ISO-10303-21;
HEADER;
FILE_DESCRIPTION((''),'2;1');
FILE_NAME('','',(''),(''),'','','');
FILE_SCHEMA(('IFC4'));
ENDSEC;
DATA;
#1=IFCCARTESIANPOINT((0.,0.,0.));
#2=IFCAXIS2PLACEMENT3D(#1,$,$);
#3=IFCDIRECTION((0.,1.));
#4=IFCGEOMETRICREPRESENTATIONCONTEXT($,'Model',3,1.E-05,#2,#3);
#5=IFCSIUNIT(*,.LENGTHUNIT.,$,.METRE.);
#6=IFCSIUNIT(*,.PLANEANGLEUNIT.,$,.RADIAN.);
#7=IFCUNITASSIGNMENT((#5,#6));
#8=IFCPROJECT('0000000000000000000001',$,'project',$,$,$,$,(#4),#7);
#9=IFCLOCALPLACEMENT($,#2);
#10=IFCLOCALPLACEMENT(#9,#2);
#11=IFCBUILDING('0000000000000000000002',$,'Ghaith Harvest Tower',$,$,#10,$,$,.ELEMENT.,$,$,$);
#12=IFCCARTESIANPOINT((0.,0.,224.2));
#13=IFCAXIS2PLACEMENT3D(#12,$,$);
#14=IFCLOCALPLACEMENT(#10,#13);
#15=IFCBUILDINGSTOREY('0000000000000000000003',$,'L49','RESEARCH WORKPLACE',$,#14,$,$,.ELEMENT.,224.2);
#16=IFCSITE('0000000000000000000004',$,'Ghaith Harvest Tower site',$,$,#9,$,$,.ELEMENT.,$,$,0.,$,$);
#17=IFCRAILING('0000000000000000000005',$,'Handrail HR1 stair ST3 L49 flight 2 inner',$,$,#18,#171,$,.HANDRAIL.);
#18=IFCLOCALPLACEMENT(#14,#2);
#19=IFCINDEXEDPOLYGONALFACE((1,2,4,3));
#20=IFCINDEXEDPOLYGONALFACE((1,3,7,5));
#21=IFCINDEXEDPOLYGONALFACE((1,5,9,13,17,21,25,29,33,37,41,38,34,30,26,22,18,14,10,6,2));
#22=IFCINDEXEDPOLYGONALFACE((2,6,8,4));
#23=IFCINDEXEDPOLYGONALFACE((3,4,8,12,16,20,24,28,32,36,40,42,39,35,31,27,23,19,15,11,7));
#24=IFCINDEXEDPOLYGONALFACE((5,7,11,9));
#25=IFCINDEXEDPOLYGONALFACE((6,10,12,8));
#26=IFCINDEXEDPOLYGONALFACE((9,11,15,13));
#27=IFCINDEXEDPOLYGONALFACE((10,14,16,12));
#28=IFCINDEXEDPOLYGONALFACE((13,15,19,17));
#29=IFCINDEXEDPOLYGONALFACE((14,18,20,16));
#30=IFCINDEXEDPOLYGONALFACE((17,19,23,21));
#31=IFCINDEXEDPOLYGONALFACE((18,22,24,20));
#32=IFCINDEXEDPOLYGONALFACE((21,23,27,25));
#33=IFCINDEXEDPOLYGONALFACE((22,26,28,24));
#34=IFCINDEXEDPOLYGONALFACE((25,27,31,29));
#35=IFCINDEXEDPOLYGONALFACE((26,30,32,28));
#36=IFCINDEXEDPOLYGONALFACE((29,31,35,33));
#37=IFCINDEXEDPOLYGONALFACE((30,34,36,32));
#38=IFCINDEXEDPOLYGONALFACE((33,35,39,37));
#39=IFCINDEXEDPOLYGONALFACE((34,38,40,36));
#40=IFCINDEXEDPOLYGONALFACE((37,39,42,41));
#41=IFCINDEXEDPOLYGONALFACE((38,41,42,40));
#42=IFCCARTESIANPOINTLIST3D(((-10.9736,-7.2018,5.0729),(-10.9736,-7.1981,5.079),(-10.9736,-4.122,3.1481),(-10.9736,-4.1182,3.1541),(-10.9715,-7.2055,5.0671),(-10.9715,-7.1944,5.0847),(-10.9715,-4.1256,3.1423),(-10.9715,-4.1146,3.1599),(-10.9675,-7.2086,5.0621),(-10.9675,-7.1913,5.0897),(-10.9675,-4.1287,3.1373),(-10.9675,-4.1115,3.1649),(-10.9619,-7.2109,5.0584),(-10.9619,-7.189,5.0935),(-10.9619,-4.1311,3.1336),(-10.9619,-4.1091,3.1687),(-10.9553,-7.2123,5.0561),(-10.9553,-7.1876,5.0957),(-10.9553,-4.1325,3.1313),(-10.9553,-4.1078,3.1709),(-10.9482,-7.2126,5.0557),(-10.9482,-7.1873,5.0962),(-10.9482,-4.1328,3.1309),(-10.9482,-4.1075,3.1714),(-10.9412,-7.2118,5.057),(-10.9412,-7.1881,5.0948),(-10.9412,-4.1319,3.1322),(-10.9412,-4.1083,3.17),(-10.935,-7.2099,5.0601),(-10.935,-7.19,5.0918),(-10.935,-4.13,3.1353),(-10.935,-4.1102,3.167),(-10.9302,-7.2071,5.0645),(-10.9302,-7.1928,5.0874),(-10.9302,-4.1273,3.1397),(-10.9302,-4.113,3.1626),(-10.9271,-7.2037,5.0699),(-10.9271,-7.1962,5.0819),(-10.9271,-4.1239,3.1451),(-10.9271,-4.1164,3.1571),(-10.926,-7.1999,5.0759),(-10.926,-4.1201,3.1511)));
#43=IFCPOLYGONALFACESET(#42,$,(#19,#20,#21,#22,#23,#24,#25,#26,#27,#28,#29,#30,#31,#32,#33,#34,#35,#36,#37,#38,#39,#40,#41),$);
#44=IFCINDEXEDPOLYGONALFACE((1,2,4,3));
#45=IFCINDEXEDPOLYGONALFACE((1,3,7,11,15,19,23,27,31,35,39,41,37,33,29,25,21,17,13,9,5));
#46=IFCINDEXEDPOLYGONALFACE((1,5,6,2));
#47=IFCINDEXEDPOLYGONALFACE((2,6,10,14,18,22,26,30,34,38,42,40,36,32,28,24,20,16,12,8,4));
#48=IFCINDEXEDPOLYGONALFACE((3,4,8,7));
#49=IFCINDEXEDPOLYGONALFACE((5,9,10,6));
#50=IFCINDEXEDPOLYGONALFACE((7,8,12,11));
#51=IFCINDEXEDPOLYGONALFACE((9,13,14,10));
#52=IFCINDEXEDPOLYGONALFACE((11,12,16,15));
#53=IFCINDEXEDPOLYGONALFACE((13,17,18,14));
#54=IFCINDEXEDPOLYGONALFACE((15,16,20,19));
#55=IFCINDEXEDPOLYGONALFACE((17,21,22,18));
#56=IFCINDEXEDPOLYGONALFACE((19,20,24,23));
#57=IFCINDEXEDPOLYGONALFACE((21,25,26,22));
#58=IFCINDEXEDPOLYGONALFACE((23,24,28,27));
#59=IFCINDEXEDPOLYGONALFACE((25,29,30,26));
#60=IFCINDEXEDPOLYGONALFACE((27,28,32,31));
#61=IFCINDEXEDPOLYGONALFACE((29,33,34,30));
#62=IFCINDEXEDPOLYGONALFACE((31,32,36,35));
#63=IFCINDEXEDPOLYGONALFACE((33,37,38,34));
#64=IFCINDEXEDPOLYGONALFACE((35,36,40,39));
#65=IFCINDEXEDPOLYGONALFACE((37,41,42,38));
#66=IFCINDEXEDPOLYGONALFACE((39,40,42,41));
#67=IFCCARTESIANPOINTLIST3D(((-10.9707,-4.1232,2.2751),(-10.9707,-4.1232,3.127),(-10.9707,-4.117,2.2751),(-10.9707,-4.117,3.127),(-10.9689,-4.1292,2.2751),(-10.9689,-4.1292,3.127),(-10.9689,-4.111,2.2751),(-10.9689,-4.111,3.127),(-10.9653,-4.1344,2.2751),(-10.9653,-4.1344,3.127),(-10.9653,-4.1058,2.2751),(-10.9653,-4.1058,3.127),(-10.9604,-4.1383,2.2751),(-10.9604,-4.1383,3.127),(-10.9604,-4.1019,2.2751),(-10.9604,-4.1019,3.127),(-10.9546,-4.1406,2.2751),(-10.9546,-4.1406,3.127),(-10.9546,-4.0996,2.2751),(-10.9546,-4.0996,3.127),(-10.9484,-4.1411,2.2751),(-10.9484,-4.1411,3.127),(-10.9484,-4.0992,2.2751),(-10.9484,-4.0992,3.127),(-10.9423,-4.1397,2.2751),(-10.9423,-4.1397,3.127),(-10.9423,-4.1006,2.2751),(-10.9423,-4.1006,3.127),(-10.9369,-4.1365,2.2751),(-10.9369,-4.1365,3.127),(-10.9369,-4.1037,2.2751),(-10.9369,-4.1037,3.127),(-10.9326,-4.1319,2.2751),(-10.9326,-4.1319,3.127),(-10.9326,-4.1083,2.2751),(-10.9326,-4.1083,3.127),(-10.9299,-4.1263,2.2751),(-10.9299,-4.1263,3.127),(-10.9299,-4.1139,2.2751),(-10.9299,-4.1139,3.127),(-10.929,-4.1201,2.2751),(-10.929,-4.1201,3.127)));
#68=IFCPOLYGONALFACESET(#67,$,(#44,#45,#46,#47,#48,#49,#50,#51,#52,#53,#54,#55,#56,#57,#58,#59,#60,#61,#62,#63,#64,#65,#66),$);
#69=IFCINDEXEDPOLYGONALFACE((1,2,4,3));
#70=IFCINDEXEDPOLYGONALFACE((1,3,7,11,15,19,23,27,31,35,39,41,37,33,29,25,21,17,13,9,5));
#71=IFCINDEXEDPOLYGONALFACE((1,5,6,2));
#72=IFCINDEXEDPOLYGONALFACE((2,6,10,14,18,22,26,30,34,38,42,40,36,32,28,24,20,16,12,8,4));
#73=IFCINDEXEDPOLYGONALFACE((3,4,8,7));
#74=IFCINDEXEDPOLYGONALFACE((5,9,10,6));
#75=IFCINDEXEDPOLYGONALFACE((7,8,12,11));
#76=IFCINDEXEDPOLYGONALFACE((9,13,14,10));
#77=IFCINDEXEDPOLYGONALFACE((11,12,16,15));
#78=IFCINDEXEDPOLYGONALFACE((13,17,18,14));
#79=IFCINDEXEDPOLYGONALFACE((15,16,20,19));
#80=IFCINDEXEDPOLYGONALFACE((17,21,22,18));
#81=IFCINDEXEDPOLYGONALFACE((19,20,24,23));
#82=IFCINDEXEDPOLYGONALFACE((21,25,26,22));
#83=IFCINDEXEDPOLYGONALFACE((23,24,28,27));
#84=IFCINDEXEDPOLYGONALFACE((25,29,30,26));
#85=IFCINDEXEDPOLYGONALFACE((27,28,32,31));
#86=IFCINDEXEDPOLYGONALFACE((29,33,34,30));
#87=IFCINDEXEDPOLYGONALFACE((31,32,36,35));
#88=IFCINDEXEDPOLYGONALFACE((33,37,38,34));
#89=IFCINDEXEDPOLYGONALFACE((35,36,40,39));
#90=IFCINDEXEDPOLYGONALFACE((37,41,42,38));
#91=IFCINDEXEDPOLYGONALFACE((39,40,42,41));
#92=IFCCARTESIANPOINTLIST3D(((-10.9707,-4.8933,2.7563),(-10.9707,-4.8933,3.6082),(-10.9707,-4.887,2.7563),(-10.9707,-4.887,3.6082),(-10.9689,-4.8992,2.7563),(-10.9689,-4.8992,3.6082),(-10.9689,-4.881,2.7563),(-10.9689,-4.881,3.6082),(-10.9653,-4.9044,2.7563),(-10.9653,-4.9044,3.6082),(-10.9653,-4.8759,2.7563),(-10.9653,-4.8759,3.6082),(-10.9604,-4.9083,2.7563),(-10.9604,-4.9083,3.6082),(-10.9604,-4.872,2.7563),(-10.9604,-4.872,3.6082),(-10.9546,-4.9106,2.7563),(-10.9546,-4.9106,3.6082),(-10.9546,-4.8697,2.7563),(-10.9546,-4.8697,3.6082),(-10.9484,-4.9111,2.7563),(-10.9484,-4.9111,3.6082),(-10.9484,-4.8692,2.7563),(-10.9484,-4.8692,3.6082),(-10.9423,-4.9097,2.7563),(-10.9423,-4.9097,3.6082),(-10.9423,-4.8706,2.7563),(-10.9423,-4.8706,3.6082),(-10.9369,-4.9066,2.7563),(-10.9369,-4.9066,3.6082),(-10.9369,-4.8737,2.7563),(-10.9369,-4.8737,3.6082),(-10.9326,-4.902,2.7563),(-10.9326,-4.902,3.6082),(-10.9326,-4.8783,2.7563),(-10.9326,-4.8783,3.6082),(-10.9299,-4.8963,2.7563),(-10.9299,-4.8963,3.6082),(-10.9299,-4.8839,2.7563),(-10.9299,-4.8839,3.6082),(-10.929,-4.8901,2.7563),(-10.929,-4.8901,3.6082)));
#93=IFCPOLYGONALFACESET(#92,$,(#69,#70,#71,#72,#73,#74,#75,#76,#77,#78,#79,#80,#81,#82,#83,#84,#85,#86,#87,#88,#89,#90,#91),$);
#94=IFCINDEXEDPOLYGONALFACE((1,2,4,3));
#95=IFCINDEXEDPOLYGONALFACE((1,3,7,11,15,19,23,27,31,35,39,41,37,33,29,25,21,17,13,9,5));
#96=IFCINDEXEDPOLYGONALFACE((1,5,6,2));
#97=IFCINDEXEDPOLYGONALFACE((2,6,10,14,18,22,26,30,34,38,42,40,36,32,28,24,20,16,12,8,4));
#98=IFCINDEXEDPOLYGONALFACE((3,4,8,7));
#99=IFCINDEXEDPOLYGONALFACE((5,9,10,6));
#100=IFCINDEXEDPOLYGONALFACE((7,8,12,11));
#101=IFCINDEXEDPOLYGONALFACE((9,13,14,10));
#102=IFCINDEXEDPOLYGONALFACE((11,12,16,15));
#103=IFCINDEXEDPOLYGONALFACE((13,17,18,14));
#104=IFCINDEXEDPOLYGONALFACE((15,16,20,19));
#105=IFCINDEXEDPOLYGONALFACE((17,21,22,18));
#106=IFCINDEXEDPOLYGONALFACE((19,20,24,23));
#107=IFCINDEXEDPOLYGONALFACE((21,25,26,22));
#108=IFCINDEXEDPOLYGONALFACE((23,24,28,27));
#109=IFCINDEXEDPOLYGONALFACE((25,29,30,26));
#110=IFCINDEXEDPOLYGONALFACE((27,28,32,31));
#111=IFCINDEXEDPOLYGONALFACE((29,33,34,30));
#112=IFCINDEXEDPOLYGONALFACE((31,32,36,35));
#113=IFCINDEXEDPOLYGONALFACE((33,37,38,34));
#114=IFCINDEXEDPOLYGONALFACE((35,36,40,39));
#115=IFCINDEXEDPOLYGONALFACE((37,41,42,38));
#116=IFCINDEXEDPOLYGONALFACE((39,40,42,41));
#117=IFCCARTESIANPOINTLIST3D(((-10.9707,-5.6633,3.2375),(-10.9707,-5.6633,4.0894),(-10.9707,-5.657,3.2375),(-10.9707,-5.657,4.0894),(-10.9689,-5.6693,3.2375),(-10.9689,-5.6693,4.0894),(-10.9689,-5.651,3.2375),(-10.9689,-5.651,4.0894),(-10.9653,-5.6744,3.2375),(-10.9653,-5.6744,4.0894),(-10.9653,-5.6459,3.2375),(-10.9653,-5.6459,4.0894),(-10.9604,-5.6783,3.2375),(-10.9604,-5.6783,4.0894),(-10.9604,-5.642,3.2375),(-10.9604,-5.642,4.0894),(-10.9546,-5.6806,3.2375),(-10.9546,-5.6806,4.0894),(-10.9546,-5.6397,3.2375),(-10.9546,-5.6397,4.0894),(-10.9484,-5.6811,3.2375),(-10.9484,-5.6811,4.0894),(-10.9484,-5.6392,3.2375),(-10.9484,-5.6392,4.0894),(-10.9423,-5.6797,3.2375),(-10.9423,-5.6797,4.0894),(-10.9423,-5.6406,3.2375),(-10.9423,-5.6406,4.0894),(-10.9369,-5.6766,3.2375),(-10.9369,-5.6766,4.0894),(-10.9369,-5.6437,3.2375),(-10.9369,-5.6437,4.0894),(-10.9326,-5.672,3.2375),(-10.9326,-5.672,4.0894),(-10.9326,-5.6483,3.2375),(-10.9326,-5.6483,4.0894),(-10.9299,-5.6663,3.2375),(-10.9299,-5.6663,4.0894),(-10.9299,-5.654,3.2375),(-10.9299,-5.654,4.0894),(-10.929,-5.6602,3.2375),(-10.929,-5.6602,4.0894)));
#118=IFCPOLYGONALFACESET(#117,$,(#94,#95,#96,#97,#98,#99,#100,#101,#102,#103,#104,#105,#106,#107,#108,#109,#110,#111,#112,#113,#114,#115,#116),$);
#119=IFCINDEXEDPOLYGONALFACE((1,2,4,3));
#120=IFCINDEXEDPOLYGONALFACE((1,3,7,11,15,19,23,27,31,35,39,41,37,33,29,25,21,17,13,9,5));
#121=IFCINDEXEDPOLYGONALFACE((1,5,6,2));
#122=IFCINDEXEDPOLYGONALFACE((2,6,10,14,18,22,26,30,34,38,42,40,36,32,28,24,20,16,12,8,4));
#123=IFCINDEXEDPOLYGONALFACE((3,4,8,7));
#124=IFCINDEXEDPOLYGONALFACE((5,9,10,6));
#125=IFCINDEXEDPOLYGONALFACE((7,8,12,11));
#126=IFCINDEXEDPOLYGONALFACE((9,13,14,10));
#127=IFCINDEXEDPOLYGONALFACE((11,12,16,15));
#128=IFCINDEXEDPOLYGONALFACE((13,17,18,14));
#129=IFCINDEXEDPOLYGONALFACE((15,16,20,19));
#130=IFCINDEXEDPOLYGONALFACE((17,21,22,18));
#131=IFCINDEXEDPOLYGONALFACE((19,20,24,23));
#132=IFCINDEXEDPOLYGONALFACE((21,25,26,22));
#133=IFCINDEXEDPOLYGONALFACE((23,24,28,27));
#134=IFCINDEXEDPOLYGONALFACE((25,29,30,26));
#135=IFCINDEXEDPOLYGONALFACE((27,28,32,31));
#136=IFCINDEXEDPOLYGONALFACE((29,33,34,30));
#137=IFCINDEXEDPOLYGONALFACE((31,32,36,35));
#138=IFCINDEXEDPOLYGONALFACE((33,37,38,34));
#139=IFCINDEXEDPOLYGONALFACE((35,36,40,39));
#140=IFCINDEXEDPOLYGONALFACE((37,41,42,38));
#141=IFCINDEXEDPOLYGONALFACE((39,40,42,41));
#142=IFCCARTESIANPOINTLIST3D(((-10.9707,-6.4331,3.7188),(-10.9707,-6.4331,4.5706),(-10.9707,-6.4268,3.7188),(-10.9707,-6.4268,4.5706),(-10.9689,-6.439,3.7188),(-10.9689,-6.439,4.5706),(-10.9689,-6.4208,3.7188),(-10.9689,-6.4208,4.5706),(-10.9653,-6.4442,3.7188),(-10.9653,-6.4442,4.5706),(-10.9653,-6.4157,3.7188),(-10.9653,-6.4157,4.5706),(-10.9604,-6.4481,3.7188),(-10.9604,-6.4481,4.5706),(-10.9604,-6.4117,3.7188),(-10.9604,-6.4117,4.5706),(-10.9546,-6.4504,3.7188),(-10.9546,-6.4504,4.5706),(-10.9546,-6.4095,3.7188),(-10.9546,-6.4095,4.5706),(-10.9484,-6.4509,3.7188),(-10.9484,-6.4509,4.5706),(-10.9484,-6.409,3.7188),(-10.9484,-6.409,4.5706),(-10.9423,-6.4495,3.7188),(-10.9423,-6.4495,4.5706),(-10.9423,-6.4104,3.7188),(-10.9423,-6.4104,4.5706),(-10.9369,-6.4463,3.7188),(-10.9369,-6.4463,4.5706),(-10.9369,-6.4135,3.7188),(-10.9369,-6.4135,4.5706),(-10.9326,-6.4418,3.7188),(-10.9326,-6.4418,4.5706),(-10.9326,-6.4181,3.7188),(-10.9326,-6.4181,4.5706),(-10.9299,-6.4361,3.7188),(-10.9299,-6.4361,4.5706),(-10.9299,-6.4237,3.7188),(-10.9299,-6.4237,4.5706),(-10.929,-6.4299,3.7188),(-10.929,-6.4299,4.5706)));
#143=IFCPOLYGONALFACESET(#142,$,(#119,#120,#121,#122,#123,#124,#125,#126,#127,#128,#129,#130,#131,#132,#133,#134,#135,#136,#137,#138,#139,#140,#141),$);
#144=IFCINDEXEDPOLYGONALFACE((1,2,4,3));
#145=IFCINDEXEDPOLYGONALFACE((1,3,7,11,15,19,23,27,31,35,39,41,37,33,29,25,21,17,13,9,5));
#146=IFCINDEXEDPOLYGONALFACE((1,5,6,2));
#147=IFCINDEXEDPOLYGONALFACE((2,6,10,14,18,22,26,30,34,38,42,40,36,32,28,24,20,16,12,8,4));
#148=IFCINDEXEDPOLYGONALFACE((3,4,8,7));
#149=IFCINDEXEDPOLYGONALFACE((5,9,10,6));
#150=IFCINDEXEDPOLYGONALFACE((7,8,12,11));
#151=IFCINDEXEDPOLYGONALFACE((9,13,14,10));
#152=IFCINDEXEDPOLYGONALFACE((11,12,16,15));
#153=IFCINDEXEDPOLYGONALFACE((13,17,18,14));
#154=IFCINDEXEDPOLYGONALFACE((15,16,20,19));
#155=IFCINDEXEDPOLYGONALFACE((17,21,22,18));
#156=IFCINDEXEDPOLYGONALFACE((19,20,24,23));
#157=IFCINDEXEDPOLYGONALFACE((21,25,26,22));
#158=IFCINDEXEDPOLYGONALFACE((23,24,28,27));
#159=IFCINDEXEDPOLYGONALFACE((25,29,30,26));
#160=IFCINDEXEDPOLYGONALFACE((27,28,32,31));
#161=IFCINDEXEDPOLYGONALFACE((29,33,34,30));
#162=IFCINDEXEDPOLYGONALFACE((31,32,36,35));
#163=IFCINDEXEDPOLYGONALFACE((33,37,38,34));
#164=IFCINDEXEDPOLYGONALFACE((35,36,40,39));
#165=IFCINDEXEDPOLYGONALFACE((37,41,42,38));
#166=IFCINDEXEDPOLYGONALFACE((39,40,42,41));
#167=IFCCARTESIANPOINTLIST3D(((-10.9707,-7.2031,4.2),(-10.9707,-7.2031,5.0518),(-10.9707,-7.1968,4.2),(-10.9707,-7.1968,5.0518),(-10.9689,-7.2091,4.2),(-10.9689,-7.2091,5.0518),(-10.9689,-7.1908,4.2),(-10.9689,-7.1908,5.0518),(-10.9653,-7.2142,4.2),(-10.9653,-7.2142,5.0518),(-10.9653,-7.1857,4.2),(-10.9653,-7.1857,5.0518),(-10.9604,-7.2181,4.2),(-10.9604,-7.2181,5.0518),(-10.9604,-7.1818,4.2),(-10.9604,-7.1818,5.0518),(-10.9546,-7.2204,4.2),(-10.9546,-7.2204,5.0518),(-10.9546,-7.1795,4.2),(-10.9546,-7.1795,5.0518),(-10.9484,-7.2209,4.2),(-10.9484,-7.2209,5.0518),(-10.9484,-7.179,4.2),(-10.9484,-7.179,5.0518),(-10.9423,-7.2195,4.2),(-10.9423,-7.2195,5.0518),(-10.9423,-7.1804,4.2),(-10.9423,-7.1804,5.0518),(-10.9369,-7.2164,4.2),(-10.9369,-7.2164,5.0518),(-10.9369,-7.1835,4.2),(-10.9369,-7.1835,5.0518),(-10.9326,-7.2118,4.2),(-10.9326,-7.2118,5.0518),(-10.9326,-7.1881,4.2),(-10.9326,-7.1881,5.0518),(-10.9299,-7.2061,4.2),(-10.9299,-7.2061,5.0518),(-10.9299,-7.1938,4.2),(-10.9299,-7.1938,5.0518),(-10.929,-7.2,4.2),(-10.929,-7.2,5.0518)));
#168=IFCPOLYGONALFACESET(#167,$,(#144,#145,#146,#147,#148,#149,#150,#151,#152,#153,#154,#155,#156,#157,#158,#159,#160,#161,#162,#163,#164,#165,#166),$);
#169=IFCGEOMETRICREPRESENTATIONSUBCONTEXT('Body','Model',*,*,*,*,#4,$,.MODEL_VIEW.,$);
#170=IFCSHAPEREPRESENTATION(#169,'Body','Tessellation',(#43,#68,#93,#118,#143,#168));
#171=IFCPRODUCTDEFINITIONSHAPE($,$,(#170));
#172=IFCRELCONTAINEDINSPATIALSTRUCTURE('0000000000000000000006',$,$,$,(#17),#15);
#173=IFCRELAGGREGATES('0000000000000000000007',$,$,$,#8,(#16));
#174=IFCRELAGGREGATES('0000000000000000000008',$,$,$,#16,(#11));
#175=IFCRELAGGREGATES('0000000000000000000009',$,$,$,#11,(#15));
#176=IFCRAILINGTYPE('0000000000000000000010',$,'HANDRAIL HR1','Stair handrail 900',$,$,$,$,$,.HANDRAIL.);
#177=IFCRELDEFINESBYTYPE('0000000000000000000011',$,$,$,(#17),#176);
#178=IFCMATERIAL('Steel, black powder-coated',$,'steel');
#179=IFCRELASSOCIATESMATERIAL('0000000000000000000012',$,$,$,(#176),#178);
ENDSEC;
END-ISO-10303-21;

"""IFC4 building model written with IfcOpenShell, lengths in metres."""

from ifc_helpers import new_model, si_unit, direction, frame, origin, origin_2d, place, context, subcontext, project, spatial, circle, extrude, material, type_object, element, save


model = new_model("IFC4")

# Units and contexts
model_context = context("Model", 3, precision=1e-05, world=origin(), true_north=direction((0.0, 1.0)))
body_context = subcontext(model_context, "Body", "Model", "MODEL_VIEW")
ifc_project = project(units=[si_unit("LENGTHUNIT", "METRE"), si_unit("PLANEANGLEUNIT", "RADIAN")], contexts=[model_context])

# Site, building, storey
site_placement = place(None, origin())
site = spatial("IfcSite", under=ifc_project, at=site_placement, Name="Ghaith Harvest Tower site", CompositionType="ELEMENT", RefElevation=0.0)
building_placement = place(site_placement, origin())
building = spatial("IfcBuilding", under=site, at=building_placement, Name="Ghaith Harvest Tower", CompositionType="ELEMENT")
storey_placement = place(building_placement, frame((0.0, 0.0, 224.2)))
storey = spatial("IfcBuildingStorey", under=building, at=storey_placement, Name="L49", Description="RESEARCH WORKPLACE", CompositionType="ELEMENT", Elevation=224.2)

# Railing
ifc_material_1 = material(Name="Steel, black powder-coated", Category="steel")
railing_type = type_object("IfcRailingType", Name="HANDRAIL HR1", Description="Stair handrail 900", PredefinedType="HANDRAIL", material=ifc_material_1)
railing_1_placement = place(storey_placement, frame((-10.95, -4.1201, 2.2751)))
element("IfcRailing", 1, at=railing_1_placement, inside=storey, type_object=railing_type, Name="Handrail HR1 stair ST3 L49 flight 2 inner", PredefinedType="HANDRAIL", context=body_context, shape_type="SweptSolid", body=[
    extrude(circle(Radius=0.0239, at=origin_2d()), frame((0.0, 0.0, 0.876), z_axis=(0.0, -0.84801, 0.529981), x_axis=(1.0, 0.0, 0.0)), (0.0, 0.0, 1.0), 3.6318),
    extrude(circle(Radius=0.021, at=origin_2d()), origin(), (0.0, 0.0, 1.0), 0.8518),
    extrude(circle(Radius=0.021, at=origin_2d()), frame((0.0, -0.77, 0.4812)), (0.0, 0.0, 1.0), 0.8518),
    extrude(circle(Radius=0.021, at=origin_2d()), frame((0.0, -1.54, 0.9624)), (0.0, 0.0, 1.0), 0.8518),
    extrude(circle(Radius=0.021, at=origin_2d()), frame((0.0, -2.3098, 1.4436)), (0.0, 0.0, 1.0), 0.8518),
    extrude(circle(Radius=0.021, at=origin_2d()), frame((0.0, -3.0798, 1.9248)), (0.0, 0.0, 1.0), 0.8518),
])

save(model, "model.ifc")
